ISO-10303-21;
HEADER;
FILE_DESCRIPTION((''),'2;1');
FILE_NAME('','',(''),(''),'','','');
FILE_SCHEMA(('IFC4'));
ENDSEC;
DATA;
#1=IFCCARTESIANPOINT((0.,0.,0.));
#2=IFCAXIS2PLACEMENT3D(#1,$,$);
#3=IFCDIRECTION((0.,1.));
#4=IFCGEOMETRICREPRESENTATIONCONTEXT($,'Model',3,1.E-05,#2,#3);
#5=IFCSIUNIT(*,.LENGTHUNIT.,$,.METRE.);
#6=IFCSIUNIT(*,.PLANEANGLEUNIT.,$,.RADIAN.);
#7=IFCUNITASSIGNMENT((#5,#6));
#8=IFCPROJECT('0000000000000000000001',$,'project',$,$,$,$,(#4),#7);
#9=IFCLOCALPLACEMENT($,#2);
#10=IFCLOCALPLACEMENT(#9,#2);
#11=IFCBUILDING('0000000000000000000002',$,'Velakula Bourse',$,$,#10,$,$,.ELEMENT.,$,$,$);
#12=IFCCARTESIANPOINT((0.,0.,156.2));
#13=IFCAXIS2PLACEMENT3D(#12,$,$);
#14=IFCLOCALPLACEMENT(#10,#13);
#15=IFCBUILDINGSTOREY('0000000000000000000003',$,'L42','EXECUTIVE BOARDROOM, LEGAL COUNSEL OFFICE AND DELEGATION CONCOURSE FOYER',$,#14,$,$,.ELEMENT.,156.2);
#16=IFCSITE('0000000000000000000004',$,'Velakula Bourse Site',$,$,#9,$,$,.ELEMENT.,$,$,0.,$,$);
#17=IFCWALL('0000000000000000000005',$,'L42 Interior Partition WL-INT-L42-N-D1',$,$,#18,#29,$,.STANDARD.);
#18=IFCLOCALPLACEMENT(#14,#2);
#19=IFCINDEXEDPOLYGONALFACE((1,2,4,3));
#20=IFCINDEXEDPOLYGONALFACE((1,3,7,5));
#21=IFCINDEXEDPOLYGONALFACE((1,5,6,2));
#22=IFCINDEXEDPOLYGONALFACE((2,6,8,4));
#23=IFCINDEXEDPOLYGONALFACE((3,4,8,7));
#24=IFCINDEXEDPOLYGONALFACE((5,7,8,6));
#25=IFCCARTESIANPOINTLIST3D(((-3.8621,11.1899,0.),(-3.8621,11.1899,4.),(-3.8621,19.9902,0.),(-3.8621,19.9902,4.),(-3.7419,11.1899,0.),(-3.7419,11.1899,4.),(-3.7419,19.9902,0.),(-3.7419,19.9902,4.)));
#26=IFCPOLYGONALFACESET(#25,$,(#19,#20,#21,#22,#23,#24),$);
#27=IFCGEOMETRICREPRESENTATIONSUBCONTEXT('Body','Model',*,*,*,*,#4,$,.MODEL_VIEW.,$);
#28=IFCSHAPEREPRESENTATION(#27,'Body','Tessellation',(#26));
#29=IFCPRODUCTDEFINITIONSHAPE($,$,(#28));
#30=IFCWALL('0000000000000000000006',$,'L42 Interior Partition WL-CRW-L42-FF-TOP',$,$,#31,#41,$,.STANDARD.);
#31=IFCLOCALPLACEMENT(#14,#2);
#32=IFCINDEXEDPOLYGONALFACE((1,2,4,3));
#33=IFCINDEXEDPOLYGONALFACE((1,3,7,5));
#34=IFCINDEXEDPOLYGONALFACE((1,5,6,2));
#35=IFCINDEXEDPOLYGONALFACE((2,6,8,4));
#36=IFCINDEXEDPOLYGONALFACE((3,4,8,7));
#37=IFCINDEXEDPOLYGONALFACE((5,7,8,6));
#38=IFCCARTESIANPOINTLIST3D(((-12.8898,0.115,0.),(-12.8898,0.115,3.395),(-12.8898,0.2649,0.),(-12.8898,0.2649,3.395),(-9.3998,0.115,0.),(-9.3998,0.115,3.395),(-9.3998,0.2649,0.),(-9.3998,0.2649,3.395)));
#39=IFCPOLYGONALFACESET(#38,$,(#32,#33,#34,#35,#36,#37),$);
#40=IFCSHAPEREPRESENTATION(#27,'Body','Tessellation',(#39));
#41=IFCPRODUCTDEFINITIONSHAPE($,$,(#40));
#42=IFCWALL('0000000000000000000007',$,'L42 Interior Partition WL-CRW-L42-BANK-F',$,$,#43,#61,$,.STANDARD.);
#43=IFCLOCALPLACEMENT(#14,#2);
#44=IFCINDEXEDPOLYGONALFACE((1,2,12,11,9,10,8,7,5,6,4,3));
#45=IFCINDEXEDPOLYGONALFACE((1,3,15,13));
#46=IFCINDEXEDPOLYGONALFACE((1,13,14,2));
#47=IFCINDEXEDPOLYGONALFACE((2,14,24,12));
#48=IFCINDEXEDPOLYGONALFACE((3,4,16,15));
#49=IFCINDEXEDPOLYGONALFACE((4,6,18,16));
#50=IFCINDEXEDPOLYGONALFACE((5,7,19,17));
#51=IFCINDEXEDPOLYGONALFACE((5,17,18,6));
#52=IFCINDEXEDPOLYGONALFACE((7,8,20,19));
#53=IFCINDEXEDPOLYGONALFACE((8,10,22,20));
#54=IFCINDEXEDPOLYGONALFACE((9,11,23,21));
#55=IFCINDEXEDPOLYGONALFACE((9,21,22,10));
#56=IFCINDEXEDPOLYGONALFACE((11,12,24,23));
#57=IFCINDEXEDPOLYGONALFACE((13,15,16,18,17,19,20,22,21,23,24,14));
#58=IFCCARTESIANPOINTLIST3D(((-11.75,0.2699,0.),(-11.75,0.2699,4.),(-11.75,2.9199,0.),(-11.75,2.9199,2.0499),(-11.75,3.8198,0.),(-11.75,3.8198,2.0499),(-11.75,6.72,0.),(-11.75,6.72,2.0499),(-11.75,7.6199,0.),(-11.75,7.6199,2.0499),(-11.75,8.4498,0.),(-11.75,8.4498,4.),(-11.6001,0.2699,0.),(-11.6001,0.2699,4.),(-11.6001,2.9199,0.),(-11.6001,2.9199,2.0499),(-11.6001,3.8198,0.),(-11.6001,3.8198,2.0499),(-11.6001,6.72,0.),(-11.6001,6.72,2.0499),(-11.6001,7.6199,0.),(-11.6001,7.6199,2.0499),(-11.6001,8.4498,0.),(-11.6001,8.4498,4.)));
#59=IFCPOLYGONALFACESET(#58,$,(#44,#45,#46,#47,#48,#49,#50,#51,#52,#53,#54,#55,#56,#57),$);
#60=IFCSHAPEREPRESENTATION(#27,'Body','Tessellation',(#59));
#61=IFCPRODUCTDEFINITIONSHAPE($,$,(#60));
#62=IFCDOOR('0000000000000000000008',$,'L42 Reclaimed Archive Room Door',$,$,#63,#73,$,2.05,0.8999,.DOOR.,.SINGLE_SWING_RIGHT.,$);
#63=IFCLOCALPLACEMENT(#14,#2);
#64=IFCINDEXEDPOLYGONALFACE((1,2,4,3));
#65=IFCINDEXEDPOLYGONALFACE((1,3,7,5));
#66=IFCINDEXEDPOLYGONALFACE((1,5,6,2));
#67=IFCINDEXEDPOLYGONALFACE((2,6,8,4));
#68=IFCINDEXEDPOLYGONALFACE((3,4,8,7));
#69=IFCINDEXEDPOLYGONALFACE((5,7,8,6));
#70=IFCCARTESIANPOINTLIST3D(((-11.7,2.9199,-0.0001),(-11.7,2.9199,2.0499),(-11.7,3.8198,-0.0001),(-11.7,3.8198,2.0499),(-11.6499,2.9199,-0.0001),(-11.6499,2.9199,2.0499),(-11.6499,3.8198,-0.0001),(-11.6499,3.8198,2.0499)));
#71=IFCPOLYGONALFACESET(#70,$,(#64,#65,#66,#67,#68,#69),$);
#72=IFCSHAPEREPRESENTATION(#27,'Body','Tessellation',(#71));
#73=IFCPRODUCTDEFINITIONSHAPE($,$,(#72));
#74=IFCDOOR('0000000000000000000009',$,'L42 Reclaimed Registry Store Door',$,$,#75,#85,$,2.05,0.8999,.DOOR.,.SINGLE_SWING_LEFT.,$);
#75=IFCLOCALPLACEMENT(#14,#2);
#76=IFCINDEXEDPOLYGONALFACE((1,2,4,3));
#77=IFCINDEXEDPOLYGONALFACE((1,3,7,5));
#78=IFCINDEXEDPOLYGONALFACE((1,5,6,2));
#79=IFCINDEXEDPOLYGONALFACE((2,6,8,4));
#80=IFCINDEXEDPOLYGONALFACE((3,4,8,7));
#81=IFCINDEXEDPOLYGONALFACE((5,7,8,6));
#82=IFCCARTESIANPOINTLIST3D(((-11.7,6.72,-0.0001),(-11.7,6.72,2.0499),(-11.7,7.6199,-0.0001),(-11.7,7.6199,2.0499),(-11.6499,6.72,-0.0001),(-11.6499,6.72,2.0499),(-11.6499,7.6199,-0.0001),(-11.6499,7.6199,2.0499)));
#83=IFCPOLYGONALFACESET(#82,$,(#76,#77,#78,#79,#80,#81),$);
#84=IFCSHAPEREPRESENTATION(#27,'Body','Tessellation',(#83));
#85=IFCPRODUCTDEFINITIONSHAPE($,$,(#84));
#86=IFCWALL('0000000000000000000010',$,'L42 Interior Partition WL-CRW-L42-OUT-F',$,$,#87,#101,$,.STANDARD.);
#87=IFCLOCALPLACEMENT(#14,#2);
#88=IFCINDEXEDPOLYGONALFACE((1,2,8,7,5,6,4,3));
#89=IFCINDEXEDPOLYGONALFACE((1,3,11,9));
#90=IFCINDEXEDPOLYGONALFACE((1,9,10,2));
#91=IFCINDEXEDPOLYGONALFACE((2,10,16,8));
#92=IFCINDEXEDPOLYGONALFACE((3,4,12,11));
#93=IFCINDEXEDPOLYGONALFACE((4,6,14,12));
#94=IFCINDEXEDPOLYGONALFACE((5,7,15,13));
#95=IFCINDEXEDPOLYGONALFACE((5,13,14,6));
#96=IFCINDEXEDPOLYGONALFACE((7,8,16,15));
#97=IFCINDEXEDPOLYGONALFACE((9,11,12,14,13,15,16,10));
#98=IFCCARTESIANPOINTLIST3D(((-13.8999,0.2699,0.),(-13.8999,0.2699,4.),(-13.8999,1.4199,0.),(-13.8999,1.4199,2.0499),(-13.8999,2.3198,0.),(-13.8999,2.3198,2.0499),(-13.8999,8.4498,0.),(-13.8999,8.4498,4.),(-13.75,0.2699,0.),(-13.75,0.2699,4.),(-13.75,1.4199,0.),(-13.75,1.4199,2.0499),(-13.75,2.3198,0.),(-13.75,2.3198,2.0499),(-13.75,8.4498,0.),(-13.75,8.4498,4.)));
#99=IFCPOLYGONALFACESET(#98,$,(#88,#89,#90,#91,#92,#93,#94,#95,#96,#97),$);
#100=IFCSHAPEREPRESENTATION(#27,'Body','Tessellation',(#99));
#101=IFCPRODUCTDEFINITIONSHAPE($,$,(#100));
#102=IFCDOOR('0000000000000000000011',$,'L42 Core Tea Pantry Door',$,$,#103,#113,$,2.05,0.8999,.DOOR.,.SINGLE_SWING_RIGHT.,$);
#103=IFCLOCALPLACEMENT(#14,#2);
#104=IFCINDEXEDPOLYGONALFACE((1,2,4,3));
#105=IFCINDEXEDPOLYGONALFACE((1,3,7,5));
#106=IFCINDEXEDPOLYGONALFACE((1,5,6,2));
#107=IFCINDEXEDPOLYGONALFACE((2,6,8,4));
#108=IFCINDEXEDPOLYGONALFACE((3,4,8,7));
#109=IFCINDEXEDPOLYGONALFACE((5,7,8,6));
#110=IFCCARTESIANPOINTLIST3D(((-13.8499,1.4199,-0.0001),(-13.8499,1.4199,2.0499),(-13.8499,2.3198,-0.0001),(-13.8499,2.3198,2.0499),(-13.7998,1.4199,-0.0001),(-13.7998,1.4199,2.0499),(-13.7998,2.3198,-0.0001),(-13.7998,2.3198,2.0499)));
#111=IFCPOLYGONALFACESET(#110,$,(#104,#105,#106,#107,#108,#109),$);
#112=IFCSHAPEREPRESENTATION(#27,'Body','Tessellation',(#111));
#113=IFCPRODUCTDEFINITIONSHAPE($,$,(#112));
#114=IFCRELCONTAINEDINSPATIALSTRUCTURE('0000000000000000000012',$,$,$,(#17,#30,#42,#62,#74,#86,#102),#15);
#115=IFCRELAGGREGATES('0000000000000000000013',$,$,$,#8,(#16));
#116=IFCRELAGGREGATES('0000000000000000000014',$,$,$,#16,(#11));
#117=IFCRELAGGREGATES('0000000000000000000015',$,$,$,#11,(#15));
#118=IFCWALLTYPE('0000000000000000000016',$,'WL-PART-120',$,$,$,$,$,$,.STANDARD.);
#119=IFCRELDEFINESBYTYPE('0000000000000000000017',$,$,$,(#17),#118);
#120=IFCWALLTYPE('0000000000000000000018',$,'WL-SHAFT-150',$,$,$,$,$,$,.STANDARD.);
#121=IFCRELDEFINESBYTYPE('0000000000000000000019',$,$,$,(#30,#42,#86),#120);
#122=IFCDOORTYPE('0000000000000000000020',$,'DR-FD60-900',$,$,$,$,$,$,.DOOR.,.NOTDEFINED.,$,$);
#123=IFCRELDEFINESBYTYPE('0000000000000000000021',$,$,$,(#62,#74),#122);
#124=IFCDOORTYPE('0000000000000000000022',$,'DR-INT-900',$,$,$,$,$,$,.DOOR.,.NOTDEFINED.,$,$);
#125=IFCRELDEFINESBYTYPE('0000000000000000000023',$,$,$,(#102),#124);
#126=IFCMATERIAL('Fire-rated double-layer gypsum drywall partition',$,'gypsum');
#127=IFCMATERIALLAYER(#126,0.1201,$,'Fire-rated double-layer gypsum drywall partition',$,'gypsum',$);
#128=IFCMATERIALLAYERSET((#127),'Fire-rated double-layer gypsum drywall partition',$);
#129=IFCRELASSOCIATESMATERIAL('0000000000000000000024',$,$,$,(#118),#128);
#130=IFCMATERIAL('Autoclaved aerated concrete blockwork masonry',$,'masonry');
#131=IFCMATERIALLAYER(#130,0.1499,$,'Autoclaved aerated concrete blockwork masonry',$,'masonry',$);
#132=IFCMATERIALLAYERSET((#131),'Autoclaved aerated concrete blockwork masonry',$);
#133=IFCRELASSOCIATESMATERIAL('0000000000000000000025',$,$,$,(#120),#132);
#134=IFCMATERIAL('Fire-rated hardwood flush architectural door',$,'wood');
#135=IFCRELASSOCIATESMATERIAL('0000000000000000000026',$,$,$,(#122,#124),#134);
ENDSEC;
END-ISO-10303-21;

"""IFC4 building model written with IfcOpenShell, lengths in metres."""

from ifc_helpers import new_model, si_unit, direction, frame, frame_2d, origin, place, context, subcontext, project, spatial, rectangle, extrude, material, layer, layer_set, type_object, element, fill, save


model = new_model("IFC4")

# Units and contexts
model_context = context("Model", 3, precision=1e-05, world=origin(), true_north=direction((0.0, 1.0)))
body_context = subcontext(model_context, "Body", "Model", "MODEL_VIEW")
ifc_project = project(units=[si_unit("LENGTHUNIT", "METRE"), si_unit("PLANEANGLEUNIT", "RADIAN")], contexts=[model_context])

# Site, building, storey
site_placement = place(None, origin())
site = spatial("IfcSite", under=ifc_project, at=site_placement, Name="Velakula Bourse Site", CompositionType="ELEMENT", RefElevation=0.0)
building_placement = place(site_placement, origin())
building = spatial("IfcBuilding", under=site, at=building_placement, Name="Velakula Bourse", CompositionType="ELEMENT")
storey_placement = place(building_placement, frame((0.0, 0.0, 156.2)))
storey = spatial("IfcBuildingStorey", under=building, at=storey_placement, Name="L42", Description="EXECUTIVE BOARDROOM, LEGAL COUNSEL OFFICE AND DELEGATION CONCOURSE FOYER", CompositionType="ELEMENT", Elevation=156.2)

# Shared definitions
ifc_material_1 = material(Name="Fire-rated double-layer gypsum drywall partition", Category="gypsum")
ifc_layer_1 = layer(ifc_material_1, 0.1201, Name="Fire-rated double-layer gypsum drywall partition", Category="gypsum")
ifc_layer_set_1 = layer_set([ifc_layer_1], Name="Fire-rated double-layer gypsum drywall partition")
wall_type_1 = type_object("IfcWallType", Name="WL-PART-120", PredefinedType="STANDARD", material=ifc_layer_set_1)
ifc_material_2 = material(Name="Fire-rated hardwood flush architectural door", Category="wood")

# Walls
wall_1_placement = place(storey_placement, frame((-3.802, 11.1899, 0.0), z_axis=(0.0, 0.0, 1.0), x_axis=(0.0, 1.0, 0.0)))
element("IfcWall", 1, at=wall_1_placement, inside=storey, type_object=wall_type_1, Name="L42 Interior Partition WL-INT-L42-N-D1", PredefinedType="STANDARD", context=body_context, shape_type="SweptSolid", body=[
    extrude(rectangle(XDim=8.8003, YDim=0.1201, at=frame_2d((4.4001, 0.0))), origin(), (0.0, 0.0, 1.0), 4.0),
])
ifc_material_3 = material(Name="Autoclaved aerated concrete blockwork masonry", Category="masonry")
ifc_layer_2 = layer(ifc_material_3, 0.1499, Name="Autoclaved aerated concrete blockwork masonry", Category="masonry")
ifc_layer_set_2 = layer_set([ifc_layer_2], Name="Autoclaved aerated concrete blockwork masonry")
wall_type_2 = type_object("IfcWallType", Name="WL-SHAFT-150", PredefinedType="STANDARD", material=ifc_layer_set_2)
wall_2_placement = place(storey_placement, frame((-12.8899, 0.1899, 0.0), z_axis=(0.0, 0.0, 1.0), x_axis=(1.0, 0.0, 0.0)))
element("IfcWall", 2, at=wall_2_placement, inside=storey, type_object=wall_type_2, Name="L42 Interior Partition WL-CRW-L42-FF-TOP", PredefinedType="STANDARD", context=body_context, shape_type="SweptSolid", body=[
    extrude(rectangle(XDim=3.49, YDim=0.1499, at=frame_2d((1.7451, 0.0))), origin(), (0.0, 0.0, 1.0), 3.395),
])

# Wall, openings, doors
wall_3_placement = place(storey_placement, frame((-11.675, 0.27, 0.0), z_axis=(0.0, 0.0, 1.0), x_axis=(0.0, 1.0, 0.0)))
wall_3 = element("IfcWall", 3, at=wall_3_placement, inside=storey, type_object=wall_type_2, Name="L42 Interior Partition WL-CRW-L42-BANK-F", PredefinedType="STANDARD", context=body_context, shape_type="SweptSolid", body=[
    extrude(rectangle(XDim=8.1799, YDim=0.1499, at=frame_2d((4.0898, 0.0))), origin(), (0.0, 0.0, 1.0), 4.0),
])
opening_1_placement = place(wall_3_placement, frame((2.6499, 0.0, 0.0)))
opening_1 = element("IfcOpeningElement", 4, at=opening_1_placement, cuts=wall_3, PredefinedType="OPENING", context=body_context, shape_type="SweptSolid", body=[
    extrude(rectangle(XDim=0.8999, YDim=2.05, at=frame_2d((0.45, 1.0249))), frame((0.0, 0.085, 0.0), z_axis=(0.0, -1.0, 0.0), x_axis=(1.0, 0.0, 0.0)), (0.0, 0.0, 1.0), 0.1699),
])
opening_2_placement = place(wall_3_placement, frame((6.45, 0.0, 0.0)))
opening_2 = element("IfcOpeningElement", 5, at=opening_2_placement, cuts=wall_3, PredefinedType="OPENING", context=body_context, shape_type="SweptSolid", body=[
    extrude(rectangle(XDim=0.8999, YDim=2.05, at=frame_2d((0.45, 1.0249))), frame((0.0, 0.085, 0.0), z_axis=(0.0, -1.0, 0.0), x_axis=(1.0, 0.0, 0.0)), (0.0, 0.0, 1.0), 0.1699),
])
door_type_1 = type_object("IfcDoorType", Name="DR-FD60-900", OperationType="NOTDEFINED", PredefinedType="DOOR", material=ifc_material_2)
door_1_placement = place(opening_1_placement, origin())
door_1 = element("IfcDoor", 6, at=door_1_placement, inside=storey, type_object=door_type_1, Name="L42 Reclaimed Archive Room Door", OperationType="SINGLE_SWING_RIGHT", OverallHeight=2.05, OverallWidth=0.8999, PredefinedType="DOOR", context=body_context, shape_type="SweptSolid", body=[
    extrude(rectangle(XDim=0.8999, YDim=2.05, at=frame_2d((0.45, 1.0249))), frame((0.0, 0.0249, 0.0), z_axis=(0.0, -1.0, 0.0), x_axis=(1.0, 0.0, 0.0)), (0.0, 0.0, 1.0), 0.05),
])
fill(opening_1, door_1)
door_2_placement = place(opening_2_placement, origin())
door_2 = element("IfcDoor", 7, at=door_2_placement, inside=storey, type_object=door_type_1, Name="L42 Reclaimed Registry Store Door", OperationType="SINGLE_SWING_LEFT", OverallHeight=2.05, OverallWidth=0.8999, PredefinedType="DOOR", context=body_context, shape_type="SweptSolid", body=[
    extrude(rectangle(XDim=0.8999, YDim=2.05, at=frame_2d((0.45, 1.0249))), frame((0.0, 0.0249, 0.0), z_axis=(0.0, -1.0, 0.0), x_axis=(1.0, 0.0, 0.0)), (0.0, 0.0, 1.0), 0.05),
])
fill(opening_2, door_2)

# Wall, opening, door
wall_4_placement = place(storey_placement, frame((-13.825, 0.27, 0.0), z_axis=(0.0, 0.0, 1.0), x_axis=(0.0, 1.0, 0.0)))
wall_4 = element("IfcWall", 8, at=wall_4_placement, inside=storey, type_object=wall_type_2, Name="L42 Interior Partition WL-CRW-L42-OUT-F", PredefinedType="STANDARD", context=body_context, shape_type="SweptSolid", body=[
    extrude(rectangle(XDim=8.1799, YDim=0.1499, at=frame_2d((4.0898, 0.0))), origin(), (0.0, 0.0, 1.0), 4.0),
])
opening_3_placement = place(wall_4_placement, frame((1.1499, 0.0, 0.0)))
opening_3 = element("IfcOpeningElement", 9, at=opening_3_placement, cuts=wall_4, PredefinedType="OPENING", context=body_context, shape_type="SweptSolid", body=[
    extrude(rectangle(XDim=0.8999, YDim=2.05, at=frame_2d((0.45, 1.0249))), frame((0.0, 0.085, 0.0), z_axis=(0.0, -1.0, 0.0), x_axis=(1.0, 0.0, 0.0)), (0.0, 0.0, 1.0), 0.1699),
])
door_type_2 = type_object("IfcDoorType", Name="DR-INT-900", OperationType="NOTDEFINED", PredefinedType="DOOR", material=ifc_material_2)
door_3_placement = place(opening_3_placement, origin())
door_3 = element("IfcDoor", 10, at=door_3_placement, inside=storey, type_object=door_type_2, Name="L42 Core Tea Pantry Door", OperationType="SINGLE_SWING_RIGHT", OverallHeight=2.05, OverallWidth=0.8999, PredefinedType="DOOR", context=body_context, shape_type="SweptSolid", body=[
    extrude(rectangle(XDim=0.8999, YDim=2.05, at=frame_2d((0.45, 1.0249))), frame((0.0, 0.0249, 0.0), z_axis=(0.0, -1.0, 0.0), x_axis=(1.0, 0.0, 0.0)), (0.0, 0.0, 1.0), 0.05),
])
fill(opening_3, door_3)

save(model, "model.ifc")
